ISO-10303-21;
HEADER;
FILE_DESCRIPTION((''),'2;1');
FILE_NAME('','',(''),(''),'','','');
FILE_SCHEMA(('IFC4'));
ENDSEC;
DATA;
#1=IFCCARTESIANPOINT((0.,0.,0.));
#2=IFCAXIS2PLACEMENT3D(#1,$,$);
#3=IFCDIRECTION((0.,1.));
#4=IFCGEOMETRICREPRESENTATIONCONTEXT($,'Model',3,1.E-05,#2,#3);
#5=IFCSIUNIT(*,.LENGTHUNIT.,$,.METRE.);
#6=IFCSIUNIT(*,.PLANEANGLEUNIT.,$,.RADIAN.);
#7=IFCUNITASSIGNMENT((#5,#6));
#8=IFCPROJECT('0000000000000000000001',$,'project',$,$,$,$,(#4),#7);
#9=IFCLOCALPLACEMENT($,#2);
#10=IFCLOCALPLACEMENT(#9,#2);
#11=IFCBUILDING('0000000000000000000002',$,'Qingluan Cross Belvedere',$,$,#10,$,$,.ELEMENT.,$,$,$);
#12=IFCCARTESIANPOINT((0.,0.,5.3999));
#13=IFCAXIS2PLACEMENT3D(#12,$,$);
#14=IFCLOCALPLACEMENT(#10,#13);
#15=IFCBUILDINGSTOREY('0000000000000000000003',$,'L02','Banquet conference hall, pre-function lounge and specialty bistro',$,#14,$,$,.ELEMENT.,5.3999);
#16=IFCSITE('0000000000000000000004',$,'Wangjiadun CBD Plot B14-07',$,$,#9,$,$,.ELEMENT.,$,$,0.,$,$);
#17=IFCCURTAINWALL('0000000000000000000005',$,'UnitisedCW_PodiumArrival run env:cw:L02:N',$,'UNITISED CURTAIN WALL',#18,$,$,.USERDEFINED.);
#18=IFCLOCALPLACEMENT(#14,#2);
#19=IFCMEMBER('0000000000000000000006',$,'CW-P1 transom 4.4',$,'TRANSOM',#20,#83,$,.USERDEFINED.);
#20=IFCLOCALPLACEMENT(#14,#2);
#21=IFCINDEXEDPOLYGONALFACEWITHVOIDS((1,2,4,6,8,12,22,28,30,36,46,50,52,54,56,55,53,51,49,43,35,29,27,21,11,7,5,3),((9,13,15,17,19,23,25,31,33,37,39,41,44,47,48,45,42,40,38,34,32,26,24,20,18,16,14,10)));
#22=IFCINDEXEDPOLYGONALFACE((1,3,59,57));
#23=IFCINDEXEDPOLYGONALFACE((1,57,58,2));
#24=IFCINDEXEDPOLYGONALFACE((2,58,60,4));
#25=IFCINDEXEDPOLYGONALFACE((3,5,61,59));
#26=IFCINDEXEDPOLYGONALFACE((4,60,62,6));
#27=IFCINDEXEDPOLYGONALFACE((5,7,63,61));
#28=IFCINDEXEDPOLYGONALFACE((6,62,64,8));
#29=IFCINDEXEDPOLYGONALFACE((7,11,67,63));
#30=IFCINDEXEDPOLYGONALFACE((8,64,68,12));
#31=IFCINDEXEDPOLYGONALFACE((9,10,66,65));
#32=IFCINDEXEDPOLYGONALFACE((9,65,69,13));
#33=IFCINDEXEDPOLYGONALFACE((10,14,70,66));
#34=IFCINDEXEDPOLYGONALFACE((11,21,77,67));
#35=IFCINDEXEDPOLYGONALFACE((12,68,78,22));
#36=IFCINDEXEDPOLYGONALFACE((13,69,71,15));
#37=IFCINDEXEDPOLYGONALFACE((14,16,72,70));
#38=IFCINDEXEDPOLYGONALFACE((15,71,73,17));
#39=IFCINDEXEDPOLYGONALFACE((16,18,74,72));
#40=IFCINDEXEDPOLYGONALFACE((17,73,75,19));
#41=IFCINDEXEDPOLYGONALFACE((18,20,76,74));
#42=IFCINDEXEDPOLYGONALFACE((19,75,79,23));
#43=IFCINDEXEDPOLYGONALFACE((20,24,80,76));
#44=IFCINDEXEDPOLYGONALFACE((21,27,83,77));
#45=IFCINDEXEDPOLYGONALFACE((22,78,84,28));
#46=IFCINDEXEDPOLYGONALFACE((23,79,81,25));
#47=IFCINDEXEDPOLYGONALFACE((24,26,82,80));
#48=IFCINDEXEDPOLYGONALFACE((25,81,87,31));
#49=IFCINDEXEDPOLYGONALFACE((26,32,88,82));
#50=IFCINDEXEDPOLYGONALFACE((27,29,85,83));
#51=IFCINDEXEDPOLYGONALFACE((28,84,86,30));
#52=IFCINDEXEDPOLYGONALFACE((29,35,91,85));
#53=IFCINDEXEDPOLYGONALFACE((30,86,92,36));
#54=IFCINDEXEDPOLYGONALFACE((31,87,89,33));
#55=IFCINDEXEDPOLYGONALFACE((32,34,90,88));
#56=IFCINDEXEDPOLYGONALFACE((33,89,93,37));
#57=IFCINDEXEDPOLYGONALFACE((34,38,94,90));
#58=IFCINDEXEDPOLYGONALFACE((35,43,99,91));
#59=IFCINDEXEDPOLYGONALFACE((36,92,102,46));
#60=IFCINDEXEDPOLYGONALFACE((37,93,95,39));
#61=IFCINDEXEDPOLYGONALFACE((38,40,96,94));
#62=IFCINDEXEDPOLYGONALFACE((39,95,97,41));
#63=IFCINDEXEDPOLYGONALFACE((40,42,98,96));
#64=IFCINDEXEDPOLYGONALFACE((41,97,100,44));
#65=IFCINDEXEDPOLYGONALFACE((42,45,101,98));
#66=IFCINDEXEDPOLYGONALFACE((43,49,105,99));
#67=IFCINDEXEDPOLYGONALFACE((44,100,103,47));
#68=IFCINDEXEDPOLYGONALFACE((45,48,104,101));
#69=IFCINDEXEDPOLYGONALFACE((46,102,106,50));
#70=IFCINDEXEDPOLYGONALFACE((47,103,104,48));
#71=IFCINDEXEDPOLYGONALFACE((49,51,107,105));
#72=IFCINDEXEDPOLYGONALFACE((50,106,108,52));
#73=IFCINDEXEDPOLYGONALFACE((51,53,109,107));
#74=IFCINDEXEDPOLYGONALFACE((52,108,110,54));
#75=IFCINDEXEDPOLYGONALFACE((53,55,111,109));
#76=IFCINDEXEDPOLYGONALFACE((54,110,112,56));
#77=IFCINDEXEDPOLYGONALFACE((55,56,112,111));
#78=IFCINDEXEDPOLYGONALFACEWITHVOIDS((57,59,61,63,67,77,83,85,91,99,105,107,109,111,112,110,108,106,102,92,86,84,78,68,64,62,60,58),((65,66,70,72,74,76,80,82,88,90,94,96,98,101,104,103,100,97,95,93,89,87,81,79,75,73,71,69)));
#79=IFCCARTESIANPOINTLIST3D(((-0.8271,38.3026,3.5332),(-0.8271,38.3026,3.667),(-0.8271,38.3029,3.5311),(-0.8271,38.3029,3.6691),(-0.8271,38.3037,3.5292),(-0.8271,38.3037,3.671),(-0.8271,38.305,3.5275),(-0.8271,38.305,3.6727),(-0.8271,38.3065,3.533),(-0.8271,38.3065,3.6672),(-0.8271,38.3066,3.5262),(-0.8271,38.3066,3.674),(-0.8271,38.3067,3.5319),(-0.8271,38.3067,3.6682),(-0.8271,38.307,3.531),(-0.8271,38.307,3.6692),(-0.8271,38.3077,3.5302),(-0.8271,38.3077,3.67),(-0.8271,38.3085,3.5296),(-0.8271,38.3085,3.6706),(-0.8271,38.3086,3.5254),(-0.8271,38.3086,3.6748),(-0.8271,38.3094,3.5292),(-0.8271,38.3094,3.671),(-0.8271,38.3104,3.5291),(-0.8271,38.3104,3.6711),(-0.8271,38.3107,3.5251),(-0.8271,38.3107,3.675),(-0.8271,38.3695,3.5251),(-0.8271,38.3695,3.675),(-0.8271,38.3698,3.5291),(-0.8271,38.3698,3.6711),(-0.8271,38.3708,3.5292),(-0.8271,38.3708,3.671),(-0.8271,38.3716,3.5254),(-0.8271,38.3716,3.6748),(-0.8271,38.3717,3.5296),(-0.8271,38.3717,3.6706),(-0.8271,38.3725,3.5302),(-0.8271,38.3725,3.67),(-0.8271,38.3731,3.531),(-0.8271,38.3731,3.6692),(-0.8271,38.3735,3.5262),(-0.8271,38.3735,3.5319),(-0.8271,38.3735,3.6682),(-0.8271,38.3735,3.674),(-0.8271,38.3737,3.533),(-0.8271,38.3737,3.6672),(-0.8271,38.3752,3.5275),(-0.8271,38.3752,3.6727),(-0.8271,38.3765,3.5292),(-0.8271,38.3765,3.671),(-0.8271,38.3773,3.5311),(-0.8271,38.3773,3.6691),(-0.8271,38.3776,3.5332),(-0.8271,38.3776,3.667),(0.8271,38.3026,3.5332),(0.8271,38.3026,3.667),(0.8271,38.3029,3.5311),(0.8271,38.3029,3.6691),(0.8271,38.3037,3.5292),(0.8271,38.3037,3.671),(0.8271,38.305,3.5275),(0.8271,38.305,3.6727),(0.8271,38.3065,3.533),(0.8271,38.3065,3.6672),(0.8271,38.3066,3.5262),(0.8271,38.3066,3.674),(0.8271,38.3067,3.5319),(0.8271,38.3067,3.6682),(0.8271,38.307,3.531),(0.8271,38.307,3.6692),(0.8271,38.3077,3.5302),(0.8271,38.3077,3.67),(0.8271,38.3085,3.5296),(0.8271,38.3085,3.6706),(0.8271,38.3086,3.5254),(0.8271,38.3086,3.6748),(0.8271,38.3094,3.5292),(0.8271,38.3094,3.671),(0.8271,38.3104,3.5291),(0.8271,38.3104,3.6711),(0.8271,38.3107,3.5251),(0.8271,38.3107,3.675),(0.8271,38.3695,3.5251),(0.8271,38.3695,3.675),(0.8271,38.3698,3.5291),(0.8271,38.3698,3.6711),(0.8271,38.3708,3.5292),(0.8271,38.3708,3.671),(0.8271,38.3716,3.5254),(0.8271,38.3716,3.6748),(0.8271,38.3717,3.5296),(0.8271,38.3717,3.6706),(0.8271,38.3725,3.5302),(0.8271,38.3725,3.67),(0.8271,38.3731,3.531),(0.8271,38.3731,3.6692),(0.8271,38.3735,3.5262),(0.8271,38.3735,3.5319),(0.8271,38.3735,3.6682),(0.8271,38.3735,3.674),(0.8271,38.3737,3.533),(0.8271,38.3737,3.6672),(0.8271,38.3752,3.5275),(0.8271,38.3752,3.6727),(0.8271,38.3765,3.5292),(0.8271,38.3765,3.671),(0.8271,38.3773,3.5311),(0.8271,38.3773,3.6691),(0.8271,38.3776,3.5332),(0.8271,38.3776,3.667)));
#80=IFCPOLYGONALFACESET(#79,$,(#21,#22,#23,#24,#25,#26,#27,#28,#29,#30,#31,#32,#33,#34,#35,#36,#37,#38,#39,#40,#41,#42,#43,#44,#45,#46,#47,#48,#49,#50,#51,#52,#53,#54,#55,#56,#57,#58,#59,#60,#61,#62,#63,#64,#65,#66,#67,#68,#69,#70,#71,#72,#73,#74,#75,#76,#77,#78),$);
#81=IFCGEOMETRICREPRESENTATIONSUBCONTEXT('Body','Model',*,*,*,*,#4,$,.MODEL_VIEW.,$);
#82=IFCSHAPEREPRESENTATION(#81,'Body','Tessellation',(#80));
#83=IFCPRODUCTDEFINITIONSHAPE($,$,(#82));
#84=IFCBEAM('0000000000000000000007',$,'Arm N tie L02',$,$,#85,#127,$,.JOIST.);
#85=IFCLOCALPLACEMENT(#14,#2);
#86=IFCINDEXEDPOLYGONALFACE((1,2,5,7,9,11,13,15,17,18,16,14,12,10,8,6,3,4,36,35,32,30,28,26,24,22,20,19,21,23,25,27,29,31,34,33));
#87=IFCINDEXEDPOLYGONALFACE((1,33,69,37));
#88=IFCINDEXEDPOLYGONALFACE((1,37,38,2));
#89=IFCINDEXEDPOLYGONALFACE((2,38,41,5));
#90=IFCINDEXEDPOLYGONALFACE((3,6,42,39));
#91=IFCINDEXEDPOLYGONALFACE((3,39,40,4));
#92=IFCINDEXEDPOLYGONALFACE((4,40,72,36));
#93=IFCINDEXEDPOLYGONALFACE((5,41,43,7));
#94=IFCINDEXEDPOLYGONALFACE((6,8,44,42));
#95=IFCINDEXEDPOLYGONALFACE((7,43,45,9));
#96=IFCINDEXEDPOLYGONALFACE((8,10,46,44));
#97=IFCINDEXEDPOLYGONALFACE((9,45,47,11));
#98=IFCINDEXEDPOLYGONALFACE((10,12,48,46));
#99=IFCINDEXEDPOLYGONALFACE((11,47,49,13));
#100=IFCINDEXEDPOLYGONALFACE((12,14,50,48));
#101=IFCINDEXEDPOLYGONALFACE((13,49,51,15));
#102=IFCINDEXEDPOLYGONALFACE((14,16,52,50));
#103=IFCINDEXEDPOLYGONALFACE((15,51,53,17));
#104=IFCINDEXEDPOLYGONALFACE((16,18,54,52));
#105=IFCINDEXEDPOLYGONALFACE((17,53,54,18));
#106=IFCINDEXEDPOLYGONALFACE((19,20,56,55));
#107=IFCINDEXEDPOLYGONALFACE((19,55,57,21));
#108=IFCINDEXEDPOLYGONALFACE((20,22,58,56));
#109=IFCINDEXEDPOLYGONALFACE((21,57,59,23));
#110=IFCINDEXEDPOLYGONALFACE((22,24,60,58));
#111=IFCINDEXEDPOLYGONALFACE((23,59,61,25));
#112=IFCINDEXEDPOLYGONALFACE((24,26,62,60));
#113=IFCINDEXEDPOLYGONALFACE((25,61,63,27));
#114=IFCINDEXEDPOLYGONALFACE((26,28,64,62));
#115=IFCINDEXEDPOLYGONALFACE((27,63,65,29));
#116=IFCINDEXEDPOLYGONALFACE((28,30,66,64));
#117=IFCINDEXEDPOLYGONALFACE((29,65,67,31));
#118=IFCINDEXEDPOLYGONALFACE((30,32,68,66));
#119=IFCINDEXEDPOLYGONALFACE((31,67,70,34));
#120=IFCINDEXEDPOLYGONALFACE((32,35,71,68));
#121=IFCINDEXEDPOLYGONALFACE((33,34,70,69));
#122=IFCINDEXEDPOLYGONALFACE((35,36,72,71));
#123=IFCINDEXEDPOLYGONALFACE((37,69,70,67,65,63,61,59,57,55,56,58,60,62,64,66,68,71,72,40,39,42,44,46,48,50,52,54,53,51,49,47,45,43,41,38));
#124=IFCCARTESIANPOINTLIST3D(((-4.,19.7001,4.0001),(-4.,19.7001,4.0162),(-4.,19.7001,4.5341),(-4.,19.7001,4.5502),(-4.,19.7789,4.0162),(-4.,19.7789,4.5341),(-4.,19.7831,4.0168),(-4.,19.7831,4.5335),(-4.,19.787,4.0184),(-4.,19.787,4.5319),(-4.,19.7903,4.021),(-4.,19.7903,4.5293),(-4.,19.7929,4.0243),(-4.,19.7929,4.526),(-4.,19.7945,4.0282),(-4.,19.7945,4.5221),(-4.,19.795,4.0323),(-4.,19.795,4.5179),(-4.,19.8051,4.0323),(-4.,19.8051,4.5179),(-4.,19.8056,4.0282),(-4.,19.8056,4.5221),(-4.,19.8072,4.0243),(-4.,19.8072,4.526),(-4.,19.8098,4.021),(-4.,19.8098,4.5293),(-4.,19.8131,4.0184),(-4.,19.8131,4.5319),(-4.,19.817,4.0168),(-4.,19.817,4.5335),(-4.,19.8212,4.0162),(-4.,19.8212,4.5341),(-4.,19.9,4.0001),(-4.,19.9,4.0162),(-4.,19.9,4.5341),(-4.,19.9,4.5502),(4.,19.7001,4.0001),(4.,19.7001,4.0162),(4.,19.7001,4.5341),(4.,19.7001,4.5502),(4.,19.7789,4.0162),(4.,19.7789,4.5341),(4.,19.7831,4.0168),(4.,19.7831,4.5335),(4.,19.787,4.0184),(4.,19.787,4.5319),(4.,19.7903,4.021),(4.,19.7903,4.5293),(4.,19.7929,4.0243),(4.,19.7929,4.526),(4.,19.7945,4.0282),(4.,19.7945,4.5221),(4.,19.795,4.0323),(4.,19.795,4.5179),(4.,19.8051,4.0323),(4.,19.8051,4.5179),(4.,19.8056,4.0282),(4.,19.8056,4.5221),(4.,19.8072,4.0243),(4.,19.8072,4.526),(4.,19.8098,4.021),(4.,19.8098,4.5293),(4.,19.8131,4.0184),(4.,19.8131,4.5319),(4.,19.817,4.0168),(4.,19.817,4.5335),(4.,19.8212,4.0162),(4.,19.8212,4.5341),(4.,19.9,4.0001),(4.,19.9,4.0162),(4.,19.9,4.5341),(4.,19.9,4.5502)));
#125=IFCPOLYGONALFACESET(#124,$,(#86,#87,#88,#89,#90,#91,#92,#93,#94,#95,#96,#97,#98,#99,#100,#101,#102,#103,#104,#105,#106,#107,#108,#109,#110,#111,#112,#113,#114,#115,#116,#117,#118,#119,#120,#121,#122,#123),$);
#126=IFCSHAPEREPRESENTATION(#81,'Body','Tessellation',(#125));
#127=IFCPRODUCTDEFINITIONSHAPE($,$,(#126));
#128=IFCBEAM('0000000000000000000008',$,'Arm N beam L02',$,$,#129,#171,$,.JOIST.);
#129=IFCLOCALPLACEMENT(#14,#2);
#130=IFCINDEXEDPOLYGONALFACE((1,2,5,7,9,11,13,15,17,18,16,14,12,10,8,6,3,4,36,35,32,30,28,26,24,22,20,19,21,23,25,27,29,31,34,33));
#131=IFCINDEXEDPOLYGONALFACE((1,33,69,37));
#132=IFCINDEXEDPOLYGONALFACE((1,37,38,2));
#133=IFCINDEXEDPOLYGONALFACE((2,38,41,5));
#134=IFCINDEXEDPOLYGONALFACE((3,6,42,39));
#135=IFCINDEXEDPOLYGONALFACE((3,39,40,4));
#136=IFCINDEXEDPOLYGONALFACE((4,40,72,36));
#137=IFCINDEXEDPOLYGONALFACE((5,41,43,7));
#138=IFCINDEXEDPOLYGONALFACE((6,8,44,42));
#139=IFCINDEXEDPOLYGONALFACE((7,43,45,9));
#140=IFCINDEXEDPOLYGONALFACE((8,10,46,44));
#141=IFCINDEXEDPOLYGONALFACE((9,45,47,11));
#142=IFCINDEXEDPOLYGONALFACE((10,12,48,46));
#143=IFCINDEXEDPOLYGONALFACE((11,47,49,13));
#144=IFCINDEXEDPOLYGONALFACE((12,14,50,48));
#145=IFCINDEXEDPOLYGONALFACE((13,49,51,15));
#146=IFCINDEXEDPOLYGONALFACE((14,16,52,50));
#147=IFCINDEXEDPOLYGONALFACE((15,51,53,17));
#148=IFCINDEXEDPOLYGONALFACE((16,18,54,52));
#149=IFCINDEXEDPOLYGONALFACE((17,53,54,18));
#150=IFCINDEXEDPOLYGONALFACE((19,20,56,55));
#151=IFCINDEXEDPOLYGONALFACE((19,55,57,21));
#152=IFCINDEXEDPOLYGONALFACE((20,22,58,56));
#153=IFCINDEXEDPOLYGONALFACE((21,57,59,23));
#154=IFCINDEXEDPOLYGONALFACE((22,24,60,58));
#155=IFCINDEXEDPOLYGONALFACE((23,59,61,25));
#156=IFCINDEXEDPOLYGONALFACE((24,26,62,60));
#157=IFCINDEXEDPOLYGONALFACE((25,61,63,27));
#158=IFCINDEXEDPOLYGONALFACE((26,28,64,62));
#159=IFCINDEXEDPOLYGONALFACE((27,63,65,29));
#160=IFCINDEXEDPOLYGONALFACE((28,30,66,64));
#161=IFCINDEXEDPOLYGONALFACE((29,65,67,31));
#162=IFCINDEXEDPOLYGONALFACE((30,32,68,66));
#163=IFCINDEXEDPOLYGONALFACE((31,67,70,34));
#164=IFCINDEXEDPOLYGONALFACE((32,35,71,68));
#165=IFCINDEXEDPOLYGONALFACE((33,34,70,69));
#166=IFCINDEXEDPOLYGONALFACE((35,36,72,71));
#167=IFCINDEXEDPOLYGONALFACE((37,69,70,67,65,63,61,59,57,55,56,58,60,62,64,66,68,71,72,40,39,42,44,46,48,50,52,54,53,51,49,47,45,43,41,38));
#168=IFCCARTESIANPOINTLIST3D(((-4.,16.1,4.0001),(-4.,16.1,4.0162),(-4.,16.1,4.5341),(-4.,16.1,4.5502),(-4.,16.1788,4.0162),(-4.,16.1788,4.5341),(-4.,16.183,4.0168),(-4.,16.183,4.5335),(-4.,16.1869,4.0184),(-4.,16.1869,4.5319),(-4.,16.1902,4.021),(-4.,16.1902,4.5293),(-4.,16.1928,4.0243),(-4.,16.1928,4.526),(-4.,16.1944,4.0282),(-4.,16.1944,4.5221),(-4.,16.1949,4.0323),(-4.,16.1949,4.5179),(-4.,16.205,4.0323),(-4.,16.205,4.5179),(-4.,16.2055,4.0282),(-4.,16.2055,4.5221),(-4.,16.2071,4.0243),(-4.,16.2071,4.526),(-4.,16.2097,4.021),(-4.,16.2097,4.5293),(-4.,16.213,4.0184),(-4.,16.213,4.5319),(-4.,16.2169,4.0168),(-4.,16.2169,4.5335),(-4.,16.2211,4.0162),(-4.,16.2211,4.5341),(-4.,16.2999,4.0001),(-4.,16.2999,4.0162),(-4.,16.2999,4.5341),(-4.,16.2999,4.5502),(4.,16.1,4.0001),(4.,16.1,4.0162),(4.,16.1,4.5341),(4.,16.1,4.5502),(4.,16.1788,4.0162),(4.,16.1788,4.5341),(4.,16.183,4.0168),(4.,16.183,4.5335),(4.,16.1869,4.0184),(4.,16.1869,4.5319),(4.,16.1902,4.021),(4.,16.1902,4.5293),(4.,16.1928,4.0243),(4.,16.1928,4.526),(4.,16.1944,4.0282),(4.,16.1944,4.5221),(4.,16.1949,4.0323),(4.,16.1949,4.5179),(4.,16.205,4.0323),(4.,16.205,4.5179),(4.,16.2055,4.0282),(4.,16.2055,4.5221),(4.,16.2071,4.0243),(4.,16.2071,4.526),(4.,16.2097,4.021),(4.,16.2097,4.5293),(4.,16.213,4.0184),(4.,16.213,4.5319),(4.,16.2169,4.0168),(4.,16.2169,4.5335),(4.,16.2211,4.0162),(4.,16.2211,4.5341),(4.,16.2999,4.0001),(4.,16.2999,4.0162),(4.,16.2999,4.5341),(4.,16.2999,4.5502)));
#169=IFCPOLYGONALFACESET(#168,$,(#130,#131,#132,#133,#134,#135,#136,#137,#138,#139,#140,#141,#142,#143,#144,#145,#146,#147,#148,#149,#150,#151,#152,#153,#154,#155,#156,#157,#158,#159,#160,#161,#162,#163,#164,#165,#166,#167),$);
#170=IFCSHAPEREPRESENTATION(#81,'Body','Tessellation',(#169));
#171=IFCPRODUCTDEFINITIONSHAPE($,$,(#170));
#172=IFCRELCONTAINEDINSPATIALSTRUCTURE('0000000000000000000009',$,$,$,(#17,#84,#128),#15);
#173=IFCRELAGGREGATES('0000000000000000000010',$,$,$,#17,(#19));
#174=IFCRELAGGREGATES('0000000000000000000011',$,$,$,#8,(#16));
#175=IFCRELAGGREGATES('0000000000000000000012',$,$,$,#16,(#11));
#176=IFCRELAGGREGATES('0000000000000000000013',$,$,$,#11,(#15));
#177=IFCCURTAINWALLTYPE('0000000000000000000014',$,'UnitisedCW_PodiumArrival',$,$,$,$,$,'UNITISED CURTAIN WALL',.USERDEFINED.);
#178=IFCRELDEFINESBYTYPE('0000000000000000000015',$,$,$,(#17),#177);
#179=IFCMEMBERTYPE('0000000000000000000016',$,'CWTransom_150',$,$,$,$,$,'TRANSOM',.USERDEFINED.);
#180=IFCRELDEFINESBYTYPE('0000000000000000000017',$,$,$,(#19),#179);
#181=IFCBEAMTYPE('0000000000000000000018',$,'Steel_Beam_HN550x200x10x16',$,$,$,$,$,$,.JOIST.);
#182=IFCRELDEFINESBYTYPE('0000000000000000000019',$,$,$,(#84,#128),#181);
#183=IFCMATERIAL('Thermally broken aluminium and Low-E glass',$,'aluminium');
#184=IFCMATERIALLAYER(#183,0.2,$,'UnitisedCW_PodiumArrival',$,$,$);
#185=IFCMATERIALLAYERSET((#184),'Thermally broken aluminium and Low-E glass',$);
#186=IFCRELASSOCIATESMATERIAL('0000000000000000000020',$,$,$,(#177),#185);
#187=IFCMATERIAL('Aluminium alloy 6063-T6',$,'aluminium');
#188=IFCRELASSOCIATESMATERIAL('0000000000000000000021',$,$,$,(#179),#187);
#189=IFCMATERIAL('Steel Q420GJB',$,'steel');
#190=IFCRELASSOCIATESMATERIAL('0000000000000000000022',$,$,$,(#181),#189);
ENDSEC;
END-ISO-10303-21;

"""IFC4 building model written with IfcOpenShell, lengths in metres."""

from ifc_helpers import new_model, si_unit, direction, frame, origin, origin_2d, place, context, subcontext, project, spatial, hollow_rectangle, i_section, extrude, material, layer, layer_set, material_profile, profile_set, type_object, element, aggregate, save


model = new_model("IFC4")

# Units and contexts
model_context = context("Model", 3, precision=1e-05, world=origin(), true_north=direction((0.0, 1.0)))
body_context = subcontext(model_context, "Body", "Model", "MODEL_VIEW")
ifc_project = project(units=[si_unit("LENGTHUNIT", "METRE"), si_unit("PLANEANGLEUNIT", "RADIAN")], contexts=[model_context])

# Site, building, storey
site_placement = place(None, origin())
site = spatial("IfcSite", under=ifc_project, at=site_placement, Name="Wangjiadun CBD Plot B14-07", CompositionType="ELEMENT", RefElevation=0.0)
building_placement = place(site_placement, origin())
building = spatial("IfcBuilding", under=site, at=building_placement, Name="Qingluan Cross Belvedere", CompositionType="ELEMENT")
storey_placement = place(building_placement, frame((0.0, 0.0, 5.3999)))
storey = spatial("IfcBuildingStorey", under=building, at=storey_placement, Name="L02", Description="Banquet conference hall, pre-function lounge and specialty bistro", CompositionType="ELEMENT", Elevation=5.3999)

# Curtain wall, member
ifc_material_1 = material(Name="Thermally broken aluminium and Low-E glass", Category="aluminium")
ifc_layer_1 = layer(ifc_material_1, 0.2, Name="UnitisedCW_PodiumArrival")
ifc_layer_set_1 = layer_set([ifc_layer_1], Name="Thermally broken aluminium and Low-E glass")
curtain_wall_type = type_object("IfcCurtainWallType", Name="UnitisedCW_PodiumArrival", ElementType="UNITISED CURTAIN WALL", PredefinedType="USERDEFINED", material=ifc_layer_set_1)
curtain_wall_placement = place(storey_placement, origin())
curtain_wall = element("IfcCurtainWall", 1, at=curtain_wall_placement, inside=storey, type_object=curtain_wall_type, Name="UnitisedCW_PodiumArrival run env:cw:L02:N", ObjectType="UNITISED CURTAIN WALL", PredefinedType="USERDEFINED")
ifc_material_2 = material(Name="Aluminium alloy 6063-T6", Category="aluminium")
ifc_material_profile_1 = material_profile(ifc_material_2, hollow_rectangle(XDim=0.075, YDim=0.1499, WallThickness=0.0039, InnerFilletRadius=0.0039, OuterFilletRadius=0.0081, at=origin_2d()), Name="CWT150x75x4")
ifc_profile_set_1 = profile_set([ifc_material_profile_1], Name="Aluminium alloy 6063-T6")
member_type_1 = type_object("IfcMemberType", Name="CWTransom_150", ElementType="TRANSOM", PredefinedType="USERDEFINED", material=ifc_profile_set_1)
member_1_placement = place(storey_placement, frame((-0.8271, 38.3401, 3.6001), z_axis=(1.0, 0.0, 0.0), x_axis=(0.0, 1.0, 0.0)))
member_1 = element("IfcMember", 2, at=member_1_placement, type_object=member_type_1, Name="CW-P1 transom 4.4", ObjectType="TRANSOM", PredefinedType="USERDEFINED", context=body_context, shape_type="SweptSolid", body=[
    extrude(hollow_rectangle(XDim=0.075, YDim=0.1499, WallThickness=0.0039, InnerFilletRadius=0.0039, OuterFilletRadius=0.0081, at=origin_2d()), origin(), (0.0, 0.0, 1.0), 1.6543),
])

# Beams
ifc_material_3 = material(Name="Steel Q420GJB", Category="steel")
ifc_material_profile_2 = material_profile(ifc_material_3, i_section(OverallWidth=0.2, OverallDepth=0.55, WebThickness=0.01, FlangeThickness=0.0161, FilletRadius=0.0161, at=origin_2d()), Name="HN550x200x10x16")
ifc_profile_set_2 = profile_set([ifc_material_profile_2], Name="Steel Q420GJB")
beam_type_1 = type_object("IfcBeamType", Name="Steel_Beam_HN550x200x10x16", PredefinedType="JOIST", material=ifc_profile_set_2)
for number, where, z_axis, x_axis, name in (
    (3, (-4.0, 19.8, 4.2751), (1.0, 0.0, 0.0), (0.0, 1.0, 0.0), "Arm N tie L02"),
    (4, (-4.0, 16.2, 4.2751), (1.0, 0.0, 0.0), (0.0, 1.0, 0.0), "Arm N beam L02"),
):
    element("IfcBeam", number, at=place(storey_placement, frame(where, z_axis=z_axis, x_axis=x_axis)), inside=storey, type_object=beam_type_1, Name=name, PredefinedType="JOIST", context=body_context, shape_type="SweptSolid", body=[
        extrude(i_section(OverallWidth=0.2, OverallDepth=0.55, WebThickness=0.01, FlangeThickness=0.0161, FilletRadius=0.0161, at=origin_2d()), origin(), (0.0, 0.0, 1.0), 8.0),
    ])

aggregate(curtain_wall, [member_1])

save(model, "model.ifc")
